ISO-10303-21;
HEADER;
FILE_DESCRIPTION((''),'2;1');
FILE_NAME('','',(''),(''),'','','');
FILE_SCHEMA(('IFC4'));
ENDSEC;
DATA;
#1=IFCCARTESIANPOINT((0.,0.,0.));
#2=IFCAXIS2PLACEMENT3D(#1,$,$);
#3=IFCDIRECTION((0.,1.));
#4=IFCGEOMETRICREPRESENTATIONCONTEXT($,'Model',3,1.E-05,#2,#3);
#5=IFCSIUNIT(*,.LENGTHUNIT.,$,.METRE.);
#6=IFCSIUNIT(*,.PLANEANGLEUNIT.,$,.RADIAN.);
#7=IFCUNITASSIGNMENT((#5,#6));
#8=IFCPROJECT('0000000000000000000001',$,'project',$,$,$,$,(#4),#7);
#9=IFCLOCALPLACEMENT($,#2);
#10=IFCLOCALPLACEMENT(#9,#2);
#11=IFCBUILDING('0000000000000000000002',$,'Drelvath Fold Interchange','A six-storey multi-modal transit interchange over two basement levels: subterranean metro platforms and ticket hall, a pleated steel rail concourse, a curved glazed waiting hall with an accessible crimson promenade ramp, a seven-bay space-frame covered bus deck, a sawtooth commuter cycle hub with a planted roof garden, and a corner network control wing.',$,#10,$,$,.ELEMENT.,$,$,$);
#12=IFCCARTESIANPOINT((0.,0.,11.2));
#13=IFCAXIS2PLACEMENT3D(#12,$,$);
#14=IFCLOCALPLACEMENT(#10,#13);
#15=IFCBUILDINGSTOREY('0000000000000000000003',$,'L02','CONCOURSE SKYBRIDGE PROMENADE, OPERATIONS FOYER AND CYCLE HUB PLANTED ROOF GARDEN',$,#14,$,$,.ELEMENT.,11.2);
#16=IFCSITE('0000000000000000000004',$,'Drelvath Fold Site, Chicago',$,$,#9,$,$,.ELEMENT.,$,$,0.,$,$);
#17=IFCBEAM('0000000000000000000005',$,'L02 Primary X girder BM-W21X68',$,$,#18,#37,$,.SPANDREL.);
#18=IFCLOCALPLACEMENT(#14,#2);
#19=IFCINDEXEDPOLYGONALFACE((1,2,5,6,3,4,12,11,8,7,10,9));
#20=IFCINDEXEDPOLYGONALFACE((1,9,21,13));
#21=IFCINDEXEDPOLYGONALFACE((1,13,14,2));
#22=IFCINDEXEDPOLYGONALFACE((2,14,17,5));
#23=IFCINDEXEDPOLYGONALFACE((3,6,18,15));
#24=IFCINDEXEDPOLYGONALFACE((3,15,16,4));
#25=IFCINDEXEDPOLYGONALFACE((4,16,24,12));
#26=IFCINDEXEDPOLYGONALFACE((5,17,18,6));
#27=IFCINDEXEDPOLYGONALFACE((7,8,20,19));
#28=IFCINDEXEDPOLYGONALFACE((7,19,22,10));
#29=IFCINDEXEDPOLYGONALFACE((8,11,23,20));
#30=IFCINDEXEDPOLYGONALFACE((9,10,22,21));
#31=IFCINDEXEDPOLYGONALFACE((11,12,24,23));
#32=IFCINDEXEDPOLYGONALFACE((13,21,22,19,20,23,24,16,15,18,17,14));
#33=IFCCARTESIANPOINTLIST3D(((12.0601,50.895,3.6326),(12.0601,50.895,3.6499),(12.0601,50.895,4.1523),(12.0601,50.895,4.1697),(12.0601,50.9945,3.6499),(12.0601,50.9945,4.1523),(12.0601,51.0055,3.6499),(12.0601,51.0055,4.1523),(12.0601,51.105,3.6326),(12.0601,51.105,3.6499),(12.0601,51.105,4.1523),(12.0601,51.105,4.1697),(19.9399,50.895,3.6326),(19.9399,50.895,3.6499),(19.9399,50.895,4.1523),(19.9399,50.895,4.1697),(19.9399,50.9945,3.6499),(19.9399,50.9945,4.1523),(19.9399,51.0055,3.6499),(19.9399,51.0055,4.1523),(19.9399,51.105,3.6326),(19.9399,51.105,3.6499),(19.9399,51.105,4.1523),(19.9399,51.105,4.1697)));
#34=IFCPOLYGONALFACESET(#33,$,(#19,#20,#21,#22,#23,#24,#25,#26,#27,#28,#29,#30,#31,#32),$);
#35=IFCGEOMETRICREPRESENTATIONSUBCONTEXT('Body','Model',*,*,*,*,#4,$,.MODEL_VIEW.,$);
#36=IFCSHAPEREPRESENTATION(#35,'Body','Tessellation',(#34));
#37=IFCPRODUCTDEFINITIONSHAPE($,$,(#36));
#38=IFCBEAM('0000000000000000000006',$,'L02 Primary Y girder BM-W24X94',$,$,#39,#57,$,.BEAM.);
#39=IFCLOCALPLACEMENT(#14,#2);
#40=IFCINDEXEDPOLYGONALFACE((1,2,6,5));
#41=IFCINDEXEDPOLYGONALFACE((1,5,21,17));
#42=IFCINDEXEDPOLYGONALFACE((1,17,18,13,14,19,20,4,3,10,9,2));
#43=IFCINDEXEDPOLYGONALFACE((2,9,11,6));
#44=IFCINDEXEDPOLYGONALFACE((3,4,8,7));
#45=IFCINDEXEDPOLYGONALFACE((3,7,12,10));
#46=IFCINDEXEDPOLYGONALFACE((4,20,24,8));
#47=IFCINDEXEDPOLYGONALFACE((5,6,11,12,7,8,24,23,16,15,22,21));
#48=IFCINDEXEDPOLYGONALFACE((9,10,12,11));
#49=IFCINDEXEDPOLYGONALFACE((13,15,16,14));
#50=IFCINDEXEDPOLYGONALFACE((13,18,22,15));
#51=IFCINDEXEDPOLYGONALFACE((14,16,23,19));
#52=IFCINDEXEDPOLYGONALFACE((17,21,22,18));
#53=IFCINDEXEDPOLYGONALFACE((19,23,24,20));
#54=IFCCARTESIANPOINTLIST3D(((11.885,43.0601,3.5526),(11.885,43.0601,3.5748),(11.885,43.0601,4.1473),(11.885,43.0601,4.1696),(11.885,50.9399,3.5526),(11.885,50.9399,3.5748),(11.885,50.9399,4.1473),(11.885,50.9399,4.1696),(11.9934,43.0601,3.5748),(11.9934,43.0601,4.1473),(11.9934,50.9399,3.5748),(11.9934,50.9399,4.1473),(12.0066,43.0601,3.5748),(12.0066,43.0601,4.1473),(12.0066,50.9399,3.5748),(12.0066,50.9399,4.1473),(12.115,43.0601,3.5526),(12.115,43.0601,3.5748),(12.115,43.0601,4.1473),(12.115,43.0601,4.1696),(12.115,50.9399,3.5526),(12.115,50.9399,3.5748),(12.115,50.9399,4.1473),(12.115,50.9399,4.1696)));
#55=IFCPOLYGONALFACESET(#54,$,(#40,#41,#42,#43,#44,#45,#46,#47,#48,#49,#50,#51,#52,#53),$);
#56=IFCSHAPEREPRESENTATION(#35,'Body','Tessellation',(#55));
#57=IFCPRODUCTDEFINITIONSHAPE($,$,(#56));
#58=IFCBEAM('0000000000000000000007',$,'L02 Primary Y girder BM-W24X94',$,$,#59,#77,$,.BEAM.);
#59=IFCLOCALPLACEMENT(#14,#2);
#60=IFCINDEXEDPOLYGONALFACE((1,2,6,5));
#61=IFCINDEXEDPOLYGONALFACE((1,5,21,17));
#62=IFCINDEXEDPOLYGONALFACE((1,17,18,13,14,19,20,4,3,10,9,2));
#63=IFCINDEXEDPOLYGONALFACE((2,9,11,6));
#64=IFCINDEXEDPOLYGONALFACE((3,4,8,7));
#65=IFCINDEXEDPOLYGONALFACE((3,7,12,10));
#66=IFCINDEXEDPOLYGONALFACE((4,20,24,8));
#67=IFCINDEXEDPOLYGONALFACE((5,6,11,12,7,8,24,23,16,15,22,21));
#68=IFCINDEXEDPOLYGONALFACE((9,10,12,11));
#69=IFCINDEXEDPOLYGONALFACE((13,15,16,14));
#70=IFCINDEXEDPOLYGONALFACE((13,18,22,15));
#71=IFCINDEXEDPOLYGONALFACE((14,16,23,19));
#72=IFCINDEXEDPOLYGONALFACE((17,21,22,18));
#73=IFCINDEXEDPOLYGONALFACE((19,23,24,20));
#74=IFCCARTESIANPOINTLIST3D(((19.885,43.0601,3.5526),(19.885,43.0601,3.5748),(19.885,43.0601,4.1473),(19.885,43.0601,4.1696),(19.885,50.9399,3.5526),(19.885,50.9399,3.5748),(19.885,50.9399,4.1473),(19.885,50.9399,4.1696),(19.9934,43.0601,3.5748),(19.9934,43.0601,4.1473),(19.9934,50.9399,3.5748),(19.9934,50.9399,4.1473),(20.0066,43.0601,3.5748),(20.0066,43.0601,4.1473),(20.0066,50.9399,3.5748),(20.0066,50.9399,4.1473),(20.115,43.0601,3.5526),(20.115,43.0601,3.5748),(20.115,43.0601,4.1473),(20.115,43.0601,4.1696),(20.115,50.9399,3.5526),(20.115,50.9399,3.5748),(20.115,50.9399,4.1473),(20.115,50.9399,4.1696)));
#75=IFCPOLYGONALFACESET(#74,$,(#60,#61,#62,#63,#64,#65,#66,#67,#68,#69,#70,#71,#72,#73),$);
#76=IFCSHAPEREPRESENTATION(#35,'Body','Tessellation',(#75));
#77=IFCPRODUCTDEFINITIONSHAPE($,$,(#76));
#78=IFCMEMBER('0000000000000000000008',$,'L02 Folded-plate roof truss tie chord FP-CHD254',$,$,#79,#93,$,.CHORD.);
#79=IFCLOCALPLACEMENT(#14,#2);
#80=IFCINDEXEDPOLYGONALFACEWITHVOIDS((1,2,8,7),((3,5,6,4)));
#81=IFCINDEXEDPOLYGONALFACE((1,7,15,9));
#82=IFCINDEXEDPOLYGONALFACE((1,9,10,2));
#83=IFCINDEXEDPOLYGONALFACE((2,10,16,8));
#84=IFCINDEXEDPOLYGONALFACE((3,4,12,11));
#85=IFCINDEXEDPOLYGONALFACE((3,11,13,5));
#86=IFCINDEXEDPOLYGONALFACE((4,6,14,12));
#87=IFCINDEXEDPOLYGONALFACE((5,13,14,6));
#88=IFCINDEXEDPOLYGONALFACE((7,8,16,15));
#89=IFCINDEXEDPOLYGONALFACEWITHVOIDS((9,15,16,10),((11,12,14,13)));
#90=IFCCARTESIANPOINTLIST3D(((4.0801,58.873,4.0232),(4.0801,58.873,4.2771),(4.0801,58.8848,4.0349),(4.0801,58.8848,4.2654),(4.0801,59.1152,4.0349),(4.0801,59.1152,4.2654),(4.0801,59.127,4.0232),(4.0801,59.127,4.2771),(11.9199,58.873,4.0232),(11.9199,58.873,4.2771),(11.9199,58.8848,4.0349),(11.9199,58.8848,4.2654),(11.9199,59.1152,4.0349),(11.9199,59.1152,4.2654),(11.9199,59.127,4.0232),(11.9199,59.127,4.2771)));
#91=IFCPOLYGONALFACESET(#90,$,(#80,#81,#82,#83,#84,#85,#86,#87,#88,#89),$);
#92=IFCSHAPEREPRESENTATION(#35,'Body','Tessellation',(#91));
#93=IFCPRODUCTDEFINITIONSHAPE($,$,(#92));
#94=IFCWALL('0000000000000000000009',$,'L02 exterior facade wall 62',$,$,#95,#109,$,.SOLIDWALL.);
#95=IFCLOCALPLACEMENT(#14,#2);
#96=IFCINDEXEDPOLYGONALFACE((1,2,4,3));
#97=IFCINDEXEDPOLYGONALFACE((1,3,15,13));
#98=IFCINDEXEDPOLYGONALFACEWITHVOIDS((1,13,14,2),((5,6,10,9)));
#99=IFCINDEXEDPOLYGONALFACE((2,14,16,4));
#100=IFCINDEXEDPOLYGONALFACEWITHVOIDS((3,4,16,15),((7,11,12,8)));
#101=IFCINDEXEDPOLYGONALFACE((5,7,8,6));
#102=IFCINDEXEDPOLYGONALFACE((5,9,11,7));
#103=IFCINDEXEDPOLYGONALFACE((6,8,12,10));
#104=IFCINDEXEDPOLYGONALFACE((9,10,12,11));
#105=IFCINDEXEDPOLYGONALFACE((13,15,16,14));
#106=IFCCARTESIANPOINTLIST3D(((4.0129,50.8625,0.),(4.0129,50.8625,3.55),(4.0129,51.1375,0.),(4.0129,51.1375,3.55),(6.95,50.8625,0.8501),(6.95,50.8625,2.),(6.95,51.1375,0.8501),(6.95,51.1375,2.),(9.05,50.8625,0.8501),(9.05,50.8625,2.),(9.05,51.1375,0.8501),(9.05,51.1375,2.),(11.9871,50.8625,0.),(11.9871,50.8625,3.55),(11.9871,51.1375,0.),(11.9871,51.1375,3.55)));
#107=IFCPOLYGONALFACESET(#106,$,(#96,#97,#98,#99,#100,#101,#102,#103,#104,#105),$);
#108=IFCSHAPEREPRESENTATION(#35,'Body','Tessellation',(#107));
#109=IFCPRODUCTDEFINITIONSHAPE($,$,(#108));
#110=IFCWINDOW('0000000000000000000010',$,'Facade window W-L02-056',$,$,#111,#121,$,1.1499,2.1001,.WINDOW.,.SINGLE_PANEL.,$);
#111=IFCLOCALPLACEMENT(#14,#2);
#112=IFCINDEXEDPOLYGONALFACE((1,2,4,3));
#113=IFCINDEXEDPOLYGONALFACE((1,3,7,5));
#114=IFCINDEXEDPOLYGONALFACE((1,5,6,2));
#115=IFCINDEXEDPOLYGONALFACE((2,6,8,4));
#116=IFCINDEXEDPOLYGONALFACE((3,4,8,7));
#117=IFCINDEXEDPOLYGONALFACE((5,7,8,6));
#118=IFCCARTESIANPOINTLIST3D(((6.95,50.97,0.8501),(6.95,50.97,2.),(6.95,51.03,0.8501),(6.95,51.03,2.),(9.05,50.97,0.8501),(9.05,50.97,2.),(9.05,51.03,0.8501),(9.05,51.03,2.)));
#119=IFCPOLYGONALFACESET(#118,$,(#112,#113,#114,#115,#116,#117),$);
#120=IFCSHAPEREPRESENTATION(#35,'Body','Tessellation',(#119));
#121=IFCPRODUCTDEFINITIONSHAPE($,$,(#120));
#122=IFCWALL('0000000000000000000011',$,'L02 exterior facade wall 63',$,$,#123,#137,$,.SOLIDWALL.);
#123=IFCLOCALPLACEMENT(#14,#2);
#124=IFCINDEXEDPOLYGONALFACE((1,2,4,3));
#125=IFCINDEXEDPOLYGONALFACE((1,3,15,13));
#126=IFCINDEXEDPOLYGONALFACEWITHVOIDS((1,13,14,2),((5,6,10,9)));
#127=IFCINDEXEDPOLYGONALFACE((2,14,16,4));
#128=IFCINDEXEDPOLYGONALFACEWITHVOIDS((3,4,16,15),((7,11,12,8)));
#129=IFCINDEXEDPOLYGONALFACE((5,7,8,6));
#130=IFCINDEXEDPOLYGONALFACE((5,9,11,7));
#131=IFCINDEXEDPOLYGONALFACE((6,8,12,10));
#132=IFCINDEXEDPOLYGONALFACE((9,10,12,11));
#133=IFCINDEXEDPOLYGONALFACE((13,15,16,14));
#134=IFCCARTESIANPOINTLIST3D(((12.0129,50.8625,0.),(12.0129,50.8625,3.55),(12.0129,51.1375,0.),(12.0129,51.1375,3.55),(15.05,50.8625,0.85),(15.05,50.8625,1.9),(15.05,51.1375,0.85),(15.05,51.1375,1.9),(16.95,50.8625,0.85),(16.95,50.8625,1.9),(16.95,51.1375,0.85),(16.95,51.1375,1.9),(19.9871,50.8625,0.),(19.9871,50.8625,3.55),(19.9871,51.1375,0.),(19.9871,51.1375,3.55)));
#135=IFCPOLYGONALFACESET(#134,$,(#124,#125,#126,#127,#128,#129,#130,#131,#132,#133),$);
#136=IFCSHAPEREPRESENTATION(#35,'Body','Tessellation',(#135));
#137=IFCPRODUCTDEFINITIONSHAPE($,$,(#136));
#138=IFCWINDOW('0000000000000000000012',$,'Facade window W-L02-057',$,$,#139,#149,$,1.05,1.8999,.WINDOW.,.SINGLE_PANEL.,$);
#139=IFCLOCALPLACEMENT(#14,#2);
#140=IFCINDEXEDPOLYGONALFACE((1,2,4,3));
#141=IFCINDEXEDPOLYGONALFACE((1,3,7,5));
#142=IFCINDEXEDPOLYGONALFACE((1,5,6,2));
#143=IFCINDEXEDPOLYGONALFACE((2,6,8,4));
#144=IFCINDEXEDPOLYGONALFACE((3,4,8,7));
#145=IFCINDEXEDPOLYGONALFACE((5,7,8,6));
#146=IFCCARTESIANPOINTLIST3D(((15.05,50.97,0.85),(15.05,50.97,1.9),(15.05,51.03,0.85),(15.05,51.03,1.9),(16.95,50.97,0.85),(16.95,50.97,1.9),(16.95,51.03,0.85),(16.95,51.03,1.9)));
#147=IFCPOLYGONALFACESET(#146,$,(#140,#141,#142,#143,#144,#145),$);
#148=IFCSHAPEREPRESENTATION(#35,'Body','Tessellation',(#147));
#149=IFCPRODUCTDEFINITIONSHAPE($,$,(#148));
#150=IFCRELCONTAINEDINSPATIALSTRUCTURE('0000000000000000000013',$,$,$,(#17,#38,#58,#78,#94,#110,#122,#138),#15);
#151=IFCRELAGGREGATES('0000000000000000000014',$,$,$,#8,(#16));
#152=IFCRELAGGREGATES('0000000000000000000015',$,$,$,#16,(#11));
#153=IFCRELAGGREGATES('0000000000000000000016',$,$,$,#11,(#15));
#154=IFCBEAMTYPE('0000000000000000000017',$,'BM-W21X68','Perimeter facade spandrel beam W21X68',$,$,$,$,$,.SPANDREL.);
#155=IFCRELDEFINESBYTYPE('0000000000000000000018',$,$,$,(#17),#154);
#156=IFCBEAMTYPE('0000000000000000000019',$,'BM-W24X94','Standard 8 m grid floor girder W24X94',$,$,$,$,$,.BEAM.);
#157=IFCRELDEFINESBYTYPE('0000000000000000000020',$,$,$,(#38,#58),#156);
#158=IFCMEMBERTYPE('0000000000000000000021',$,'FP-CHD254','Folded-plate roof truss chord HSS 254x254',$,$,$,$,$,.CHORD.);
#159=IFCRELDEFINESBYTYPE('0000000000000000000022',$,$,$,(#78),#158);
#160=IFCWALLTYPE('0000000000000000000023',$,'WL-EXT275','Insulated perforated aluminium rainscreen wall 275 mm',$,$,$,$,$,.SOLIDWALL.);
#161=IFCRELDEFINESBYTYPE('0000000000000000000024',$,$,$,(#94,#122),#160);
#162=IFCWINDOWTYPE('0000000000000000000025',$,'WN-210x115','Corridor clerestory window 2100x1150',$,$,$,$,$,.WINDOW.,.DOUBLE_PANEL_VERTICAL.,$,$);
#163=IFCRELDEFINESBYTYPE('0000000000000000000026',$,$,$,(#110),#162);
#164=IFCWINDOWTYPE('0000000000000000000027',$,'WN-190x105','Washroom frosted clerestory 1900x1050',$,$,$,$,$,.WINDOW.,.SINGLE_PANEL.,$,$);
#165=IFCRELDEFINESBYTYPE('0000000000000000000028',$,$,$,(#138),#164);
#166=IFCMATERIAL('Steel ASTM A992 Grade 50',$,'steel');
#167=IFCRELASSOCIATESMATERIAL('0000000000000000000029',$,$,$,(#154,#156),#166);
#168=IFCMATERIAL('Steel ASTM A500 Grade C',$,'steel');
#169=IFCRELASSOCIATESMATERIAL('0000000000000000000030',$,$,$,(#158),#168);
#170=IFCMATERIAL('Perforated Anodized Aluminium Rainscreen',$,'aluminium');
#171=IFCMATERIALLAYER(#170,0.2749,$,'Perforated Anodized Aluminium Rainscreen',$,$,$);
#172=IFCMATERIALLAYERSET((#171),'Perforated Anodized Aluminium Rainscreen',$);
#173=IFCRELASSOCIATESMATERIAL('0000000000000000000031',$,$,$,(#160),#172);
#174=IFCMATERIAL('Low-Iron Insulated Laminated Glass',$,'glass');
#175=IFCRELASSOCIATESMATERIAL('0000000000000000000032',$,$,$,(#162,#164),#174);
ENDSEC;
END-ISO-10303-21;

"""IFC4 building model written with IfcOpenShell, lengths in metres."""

from ifc_helpers import new_model, si_unit, direction, frame, frame_2d, origin, origin_2d, place, context, subcontext, project, spatial, rectangle, hollow_rectangle, i_section, extrude, material, layer, layer_set, material_profile, profile_set, type_object, element, fill, save


model = new_model("IFC4")

# Units and contexts
model_context = context("Model", 3, precision=1e-05, world=origin(), true_north=direction((0.0, 1.0)))
body_context = subcontext(model_context, "Body", "Model", "MODEL_VIEW")
ifc_project = project(units=[si_unit("LENGTHUNIT", "METRE"), si_unit("PLANEANGLEUNIT", "RADIAN")], contexts=[model_context])

# Site, building, storey
site_placement = place(None, origin())
site = spatial("IfcSite", under=ifc_project, at=site_placement, Name="Drelvath Fold Site, Chicago", CompositionType="ELEMENT", RefElevation=0.0)
building_placement = place(site_placement, origin())
building = spatial("IfcBuilding", under=site, at=building_placement, Name="Drelvath Fold Interchange", Description="A six-storey multi-modal transit interchange over two basement levels: subterranean metro platforms and ticket hall, a pleated steel rail concourse, a curved glazed waiting hall with an accessible crimson promenade ramp, a seven-bay space-frame covered bus deck, a sawtooth commuter cycle hub with a planted roof garden, and a corner network control wing.", CompositionType="ELEMENT")
storey_placement = place(building_placement, frame((0.0, 0.0, 11.2)))
storey = spatial("IfcBuildingStorey", under=building, at=storey_placement, Name="L02", Description="CONCOURSE SKYBRIDGE PROMENADE, OPERATIONS FOYER AND CYCLE HUB PLANTED ROOF GARDEN", CompositionType="ELEMENT", Elevation=11.2)

# Shared definitions
ifc_material_1 = material(Name="Steel ASTM A500 Grade C", Category="steel")
ifc_material_2 = material(Name="Steel ASTM A992 Grade 50", Category="steel")

# Beams
ifc_material_profile_1 = material_profile(ifc_material_2, i_section(OverallWidth=0.21, OverallDepth=0.5371, WebThickness=0.011, FlangeThickness=0.0173, at=origin_2d()), Name="W21X68")
ifc_profile_set_1 = profile_set([ifc_material_profile_1], Name="Steel ASTM A992 Grade 50")
beam_type_1 = type_object("IfcBeamType", Name="BM-W21X68", Description="Perimeter facade spandrel beam W21X68", PredefinedType="SPANDREL", material=ifc_profile_set_1)
for number, where, z_axis, x_axis, name in (
    (1, (12.0601, 51.0, 3.9011), (1.0, 0.0, 0.0), (0.0, 1.0, 0.0), "L02 Primary X girder BM-W21X68"),
):
    element("IfcBeam", number, at=place(storey_placement, frame(where, z_axis=z_axis, x_axis=x_axis)), inside=storey, type_object=beam_type_1, Name=name, PredefinedType="SPANDREL", context=body_context, shape_type="SweptSolid", body=[
        extrude(i_section(OverallWidth=0.21, OverallDepth=0.5371, WebThickness=0.011, FlangeThickness=0.0173, at=origin_2d()), origin(), (0.0, 0.0, 1.0), 7.8799),
    ])
ifc_material_profile_2 = material_profile(ifc_material_2, i_section(OverallWidth=0.23, OverallDepth=0.6169, WebThickness=0.0132, FlangeThickness=0.0222, at=origin_2d()), Name="W24X94")
ifc_profile_set_2 = profile_set([ifc_material_profile_2], Name="Steel ASTM A992 Grade 50")
beam_type_2 = type_object("IfcBeamType", Name="BM-W24X94", Description="Standard 8 m grid floor girder W24X94", PredefinedType="BEAM", material=ifc_profile_set_2)
for number, where, z_axis, x_axis, name in (
    (2, (12.0, 43.0601, 3.8611), (0.0, 1.0, 0.0), (-1.0, 0.0, 0.0), "L02 Primary Y girder BM-W24X94"),
    (3, (20.0, 43.0601, 3.8611), (0.0, 1.0, 0.0), (-1.0, 0.0, 0.0), "L02 Primary Y girder BM-W24X94"),
):
    element("IfcBeam", number, at=place(storey_placement, frame(where, z_axis=z_axis, x_axis=x_axis)), inside=storey, type_object=beam_type_2, Name=name, PredefinedType="BEAM", context=body_context, shape_type="SweptSolid", body=[
        extrude(i_section(OverallWidth=0.23, OverallDepth=0.6169, WebThickness=0.0132, FlangeThickness=0.0222, at=origin_2d()), origin(), (0.0, 0.0, 1.0), 7.8799),
    ])

# Member
ifc_material_profile_3 = material_profile(ifc_material_1, hollow_rectangle(XDim=0.2539, YDim=0.2539, WallThickness=0.0117, at=origin_2d()), Name="HSS10X10X1/2")
ifc_profile_set_3 = profile_set([ifc_material_profile_3], Name="Steel ASTM A500 Grade C")
member_type = type_object("IfcMemberType", Name="FP-CHD254", Description="Folded-plate roof truss chord HSS 254x254", PredefinedType="CHORD", material=ifc_profile_set_3)
member_placement = place(storey_placement, frame((4.0801, 59.0, 4.1501), z_axis=(1.0, 0.0, 0.0), x_axis=(0.0, 1.0, 0.0)))
element("IfcMember", 4, at=member_placement, inside=storey, type_object=member_type, Name="L02 Folded-plate roof truss tie chord FP-CHD254", PredefinedType="CHORD", context=body_context, shape_type="SweptSolid", body=[
    extrude(hollow_rectangle(XDim=0.2539, YDim=0.2539, WallThickness=0.0117, at=origin_2d()), origin(), (0.0, 0.0, 1.0), 7.8398),
])

# Walls, openings, windows
ifc_material_3 = material(Name="Perforated Anodized Aluminium Rainscreen", Category="aluminium")
ifc_layer_1 = layer(ifc_material_3, 0.2749, Name="Perforated Anodized Aluminium Rainscreen")
ifc_layer_set_1 = layer_set([ifc_layer_1], Name="Perforated Anodized Aluminium Rainscreen")
wall_type_1 = type_object("IfcWallType", Name="WL-EXT275", Description="Insulated perforated aluminium rainscreen wall 275 mm", PredefinedType="SOLIDWALL", material=ifc_layer_set_1)
wall_1_placement = place(storey_placement, frame((4.0129, 51.0, 0.0), z_axis=(0.0, 0.0, 1.0), x_axis=(1.0, 0.0, 0.0)))
wall_1 = element("IfcWall", 5, at=wall_1_placement, inside=storey, type_object=wall_type_1, Name="L02 exterior facade wall 62", PredefinedType="SOLIDWALL", context=body_context, shape_type="SweptSolid", body=[
    extrude(rectangle(XDim=7.9741, YDim=0.2749, at=frame_2d((3.9871, 0.0))), origin(), (0.0, 0.0, 1.0), 3.55),
])
opening_1_placement = place(wall_1_placement, frame((2.937, 0.0, 0.8501)))
opening_1 = element("IfcOpeningElement", 6, at=opening_1_placement, cuts=wall_1, PredefinedType="OPENING", context=body_context, shape_type="SweptSolid", body=[
    extrude(rectangle(XDim=2.1001, YDim=1.1499, at=frame_2d((1.05, 0.575))), frame((0.0, 0.1475, 0.0), z_axis=(0.0, -1.0, 0.0), x_axis=(1.0, 0.0, 0.0)), (0.0, 0.0, 1.0), 0.2949),
])
ifc_material_4 = material(Name="Low-Iron Insulated Laminated Glass", Category="glass")
window_type_1 = type_object("IfcWindowType", Name="WN-210x115", Description="Corridor clerestory window 2100x1150", PartitioningType="DOUBLE_PANEL_VERTICAL", PredefinedType="WINDOW", material=ifc_material_4)
window_1_placement = place(opening_1_placement, origin())
window_1 = element("IfcWindow", 7, at=window_1_placement, inside=storey, type_object=window_type_1, Name="Facade window W-L02-056", OverallHeight=1.1499, OverallWidth=2.1001, PartitioningType="SINGLE_PANEL", PredefinedType="WINDOW", context=body_context, shape_type="SweptSolid", body=[
    extrude(rectangle(XDim=2.1001, YDim=1.1499, at=frame_2d((1.05, 0.575))), frame((0.0, 0.03, 0.0), z_axis=(0.0, -1.0, 0.0), x_axis=(1.0, 0.0, 0.0)), (0.0, 0.0, 1.0), 0.0601),
])
fill(opening_1, window_1)
wall_2_placement = place(storey_placement, frame((12.0129, 51.0, 0.0), z_axis=(0.0, 0.0, 1.0), x_axis=(1.0, 0.0, 0.0)))
wall_2 = element("IfcWall", 8, at=wall_2_placement, inside=storey, type_object=wall_type_1, Name="L02 exterior facade wall 63", PredefinedType="SOLIDWALL", context=body_context, shape_type="SweptSolid", body=[
    extrude(rectangle(XDim=7.9741, YDim=0.2749, at=frame_2d((3.9871, 0.0))), origin(), (0.0, 0.0, 1.0), 3.55),
])
opening_2_placement = place(wall_2_placement, frame((3.0371, 0.0, 0.8501)))
opening_2 = element("IfcOpeningElement", 9, at=opening_2_placement, cuts=wall_2, PredefinedType="OPENING", context=body_context, shape_type="SweptSolid", body=[
    extrude(rectangle(XDim=1.8999, YDim=1.05, at=frame_2d((0.95, 0.5249))), frame((0.0, 0.1475, 0.0), z_axis=(0.0, -1.0, 0.0), x_axis=(1.0, 0.0, 0.0)), (0.0, 0.0, 1.0), 0.2949),
])
window_type_2 = type_object("IfcWindowType", Name="WN-190x105", Description="Washroom frosted clerestory 1900x1050", PartitioningType="SINGLE_PANEL", PredefinedType="WINDOW", material=ifc_material_4)
window_2_placement = place(opening_2_placement, origin())
window_2 = element("IfcWindow", 10, at=window_2_placement, inside=storey, type_object=window_type_2, Name="Facade window W-L02-057", OverallHeight=1.05, OverallWidth=1.8999, PartitioningType="SINGLE_PANEL", PredefinedType="WINDOW", context=body_context, shape_type="SweptSolid", body=[
    extrude(rectangle(XDim=1.8999, YDim=1.05, at=frame_2d((0.95, 0.5249))), frame((0.0, 0.03, 0.0), z_axis=(0.0, -1.0, 0.0), x_axis=(1.0, 0.0, 0.0)), (0.0, 0.0, 1.0), 0.0601),
])
fill(opening_2, window_2)

save(model, "model.ifc")
